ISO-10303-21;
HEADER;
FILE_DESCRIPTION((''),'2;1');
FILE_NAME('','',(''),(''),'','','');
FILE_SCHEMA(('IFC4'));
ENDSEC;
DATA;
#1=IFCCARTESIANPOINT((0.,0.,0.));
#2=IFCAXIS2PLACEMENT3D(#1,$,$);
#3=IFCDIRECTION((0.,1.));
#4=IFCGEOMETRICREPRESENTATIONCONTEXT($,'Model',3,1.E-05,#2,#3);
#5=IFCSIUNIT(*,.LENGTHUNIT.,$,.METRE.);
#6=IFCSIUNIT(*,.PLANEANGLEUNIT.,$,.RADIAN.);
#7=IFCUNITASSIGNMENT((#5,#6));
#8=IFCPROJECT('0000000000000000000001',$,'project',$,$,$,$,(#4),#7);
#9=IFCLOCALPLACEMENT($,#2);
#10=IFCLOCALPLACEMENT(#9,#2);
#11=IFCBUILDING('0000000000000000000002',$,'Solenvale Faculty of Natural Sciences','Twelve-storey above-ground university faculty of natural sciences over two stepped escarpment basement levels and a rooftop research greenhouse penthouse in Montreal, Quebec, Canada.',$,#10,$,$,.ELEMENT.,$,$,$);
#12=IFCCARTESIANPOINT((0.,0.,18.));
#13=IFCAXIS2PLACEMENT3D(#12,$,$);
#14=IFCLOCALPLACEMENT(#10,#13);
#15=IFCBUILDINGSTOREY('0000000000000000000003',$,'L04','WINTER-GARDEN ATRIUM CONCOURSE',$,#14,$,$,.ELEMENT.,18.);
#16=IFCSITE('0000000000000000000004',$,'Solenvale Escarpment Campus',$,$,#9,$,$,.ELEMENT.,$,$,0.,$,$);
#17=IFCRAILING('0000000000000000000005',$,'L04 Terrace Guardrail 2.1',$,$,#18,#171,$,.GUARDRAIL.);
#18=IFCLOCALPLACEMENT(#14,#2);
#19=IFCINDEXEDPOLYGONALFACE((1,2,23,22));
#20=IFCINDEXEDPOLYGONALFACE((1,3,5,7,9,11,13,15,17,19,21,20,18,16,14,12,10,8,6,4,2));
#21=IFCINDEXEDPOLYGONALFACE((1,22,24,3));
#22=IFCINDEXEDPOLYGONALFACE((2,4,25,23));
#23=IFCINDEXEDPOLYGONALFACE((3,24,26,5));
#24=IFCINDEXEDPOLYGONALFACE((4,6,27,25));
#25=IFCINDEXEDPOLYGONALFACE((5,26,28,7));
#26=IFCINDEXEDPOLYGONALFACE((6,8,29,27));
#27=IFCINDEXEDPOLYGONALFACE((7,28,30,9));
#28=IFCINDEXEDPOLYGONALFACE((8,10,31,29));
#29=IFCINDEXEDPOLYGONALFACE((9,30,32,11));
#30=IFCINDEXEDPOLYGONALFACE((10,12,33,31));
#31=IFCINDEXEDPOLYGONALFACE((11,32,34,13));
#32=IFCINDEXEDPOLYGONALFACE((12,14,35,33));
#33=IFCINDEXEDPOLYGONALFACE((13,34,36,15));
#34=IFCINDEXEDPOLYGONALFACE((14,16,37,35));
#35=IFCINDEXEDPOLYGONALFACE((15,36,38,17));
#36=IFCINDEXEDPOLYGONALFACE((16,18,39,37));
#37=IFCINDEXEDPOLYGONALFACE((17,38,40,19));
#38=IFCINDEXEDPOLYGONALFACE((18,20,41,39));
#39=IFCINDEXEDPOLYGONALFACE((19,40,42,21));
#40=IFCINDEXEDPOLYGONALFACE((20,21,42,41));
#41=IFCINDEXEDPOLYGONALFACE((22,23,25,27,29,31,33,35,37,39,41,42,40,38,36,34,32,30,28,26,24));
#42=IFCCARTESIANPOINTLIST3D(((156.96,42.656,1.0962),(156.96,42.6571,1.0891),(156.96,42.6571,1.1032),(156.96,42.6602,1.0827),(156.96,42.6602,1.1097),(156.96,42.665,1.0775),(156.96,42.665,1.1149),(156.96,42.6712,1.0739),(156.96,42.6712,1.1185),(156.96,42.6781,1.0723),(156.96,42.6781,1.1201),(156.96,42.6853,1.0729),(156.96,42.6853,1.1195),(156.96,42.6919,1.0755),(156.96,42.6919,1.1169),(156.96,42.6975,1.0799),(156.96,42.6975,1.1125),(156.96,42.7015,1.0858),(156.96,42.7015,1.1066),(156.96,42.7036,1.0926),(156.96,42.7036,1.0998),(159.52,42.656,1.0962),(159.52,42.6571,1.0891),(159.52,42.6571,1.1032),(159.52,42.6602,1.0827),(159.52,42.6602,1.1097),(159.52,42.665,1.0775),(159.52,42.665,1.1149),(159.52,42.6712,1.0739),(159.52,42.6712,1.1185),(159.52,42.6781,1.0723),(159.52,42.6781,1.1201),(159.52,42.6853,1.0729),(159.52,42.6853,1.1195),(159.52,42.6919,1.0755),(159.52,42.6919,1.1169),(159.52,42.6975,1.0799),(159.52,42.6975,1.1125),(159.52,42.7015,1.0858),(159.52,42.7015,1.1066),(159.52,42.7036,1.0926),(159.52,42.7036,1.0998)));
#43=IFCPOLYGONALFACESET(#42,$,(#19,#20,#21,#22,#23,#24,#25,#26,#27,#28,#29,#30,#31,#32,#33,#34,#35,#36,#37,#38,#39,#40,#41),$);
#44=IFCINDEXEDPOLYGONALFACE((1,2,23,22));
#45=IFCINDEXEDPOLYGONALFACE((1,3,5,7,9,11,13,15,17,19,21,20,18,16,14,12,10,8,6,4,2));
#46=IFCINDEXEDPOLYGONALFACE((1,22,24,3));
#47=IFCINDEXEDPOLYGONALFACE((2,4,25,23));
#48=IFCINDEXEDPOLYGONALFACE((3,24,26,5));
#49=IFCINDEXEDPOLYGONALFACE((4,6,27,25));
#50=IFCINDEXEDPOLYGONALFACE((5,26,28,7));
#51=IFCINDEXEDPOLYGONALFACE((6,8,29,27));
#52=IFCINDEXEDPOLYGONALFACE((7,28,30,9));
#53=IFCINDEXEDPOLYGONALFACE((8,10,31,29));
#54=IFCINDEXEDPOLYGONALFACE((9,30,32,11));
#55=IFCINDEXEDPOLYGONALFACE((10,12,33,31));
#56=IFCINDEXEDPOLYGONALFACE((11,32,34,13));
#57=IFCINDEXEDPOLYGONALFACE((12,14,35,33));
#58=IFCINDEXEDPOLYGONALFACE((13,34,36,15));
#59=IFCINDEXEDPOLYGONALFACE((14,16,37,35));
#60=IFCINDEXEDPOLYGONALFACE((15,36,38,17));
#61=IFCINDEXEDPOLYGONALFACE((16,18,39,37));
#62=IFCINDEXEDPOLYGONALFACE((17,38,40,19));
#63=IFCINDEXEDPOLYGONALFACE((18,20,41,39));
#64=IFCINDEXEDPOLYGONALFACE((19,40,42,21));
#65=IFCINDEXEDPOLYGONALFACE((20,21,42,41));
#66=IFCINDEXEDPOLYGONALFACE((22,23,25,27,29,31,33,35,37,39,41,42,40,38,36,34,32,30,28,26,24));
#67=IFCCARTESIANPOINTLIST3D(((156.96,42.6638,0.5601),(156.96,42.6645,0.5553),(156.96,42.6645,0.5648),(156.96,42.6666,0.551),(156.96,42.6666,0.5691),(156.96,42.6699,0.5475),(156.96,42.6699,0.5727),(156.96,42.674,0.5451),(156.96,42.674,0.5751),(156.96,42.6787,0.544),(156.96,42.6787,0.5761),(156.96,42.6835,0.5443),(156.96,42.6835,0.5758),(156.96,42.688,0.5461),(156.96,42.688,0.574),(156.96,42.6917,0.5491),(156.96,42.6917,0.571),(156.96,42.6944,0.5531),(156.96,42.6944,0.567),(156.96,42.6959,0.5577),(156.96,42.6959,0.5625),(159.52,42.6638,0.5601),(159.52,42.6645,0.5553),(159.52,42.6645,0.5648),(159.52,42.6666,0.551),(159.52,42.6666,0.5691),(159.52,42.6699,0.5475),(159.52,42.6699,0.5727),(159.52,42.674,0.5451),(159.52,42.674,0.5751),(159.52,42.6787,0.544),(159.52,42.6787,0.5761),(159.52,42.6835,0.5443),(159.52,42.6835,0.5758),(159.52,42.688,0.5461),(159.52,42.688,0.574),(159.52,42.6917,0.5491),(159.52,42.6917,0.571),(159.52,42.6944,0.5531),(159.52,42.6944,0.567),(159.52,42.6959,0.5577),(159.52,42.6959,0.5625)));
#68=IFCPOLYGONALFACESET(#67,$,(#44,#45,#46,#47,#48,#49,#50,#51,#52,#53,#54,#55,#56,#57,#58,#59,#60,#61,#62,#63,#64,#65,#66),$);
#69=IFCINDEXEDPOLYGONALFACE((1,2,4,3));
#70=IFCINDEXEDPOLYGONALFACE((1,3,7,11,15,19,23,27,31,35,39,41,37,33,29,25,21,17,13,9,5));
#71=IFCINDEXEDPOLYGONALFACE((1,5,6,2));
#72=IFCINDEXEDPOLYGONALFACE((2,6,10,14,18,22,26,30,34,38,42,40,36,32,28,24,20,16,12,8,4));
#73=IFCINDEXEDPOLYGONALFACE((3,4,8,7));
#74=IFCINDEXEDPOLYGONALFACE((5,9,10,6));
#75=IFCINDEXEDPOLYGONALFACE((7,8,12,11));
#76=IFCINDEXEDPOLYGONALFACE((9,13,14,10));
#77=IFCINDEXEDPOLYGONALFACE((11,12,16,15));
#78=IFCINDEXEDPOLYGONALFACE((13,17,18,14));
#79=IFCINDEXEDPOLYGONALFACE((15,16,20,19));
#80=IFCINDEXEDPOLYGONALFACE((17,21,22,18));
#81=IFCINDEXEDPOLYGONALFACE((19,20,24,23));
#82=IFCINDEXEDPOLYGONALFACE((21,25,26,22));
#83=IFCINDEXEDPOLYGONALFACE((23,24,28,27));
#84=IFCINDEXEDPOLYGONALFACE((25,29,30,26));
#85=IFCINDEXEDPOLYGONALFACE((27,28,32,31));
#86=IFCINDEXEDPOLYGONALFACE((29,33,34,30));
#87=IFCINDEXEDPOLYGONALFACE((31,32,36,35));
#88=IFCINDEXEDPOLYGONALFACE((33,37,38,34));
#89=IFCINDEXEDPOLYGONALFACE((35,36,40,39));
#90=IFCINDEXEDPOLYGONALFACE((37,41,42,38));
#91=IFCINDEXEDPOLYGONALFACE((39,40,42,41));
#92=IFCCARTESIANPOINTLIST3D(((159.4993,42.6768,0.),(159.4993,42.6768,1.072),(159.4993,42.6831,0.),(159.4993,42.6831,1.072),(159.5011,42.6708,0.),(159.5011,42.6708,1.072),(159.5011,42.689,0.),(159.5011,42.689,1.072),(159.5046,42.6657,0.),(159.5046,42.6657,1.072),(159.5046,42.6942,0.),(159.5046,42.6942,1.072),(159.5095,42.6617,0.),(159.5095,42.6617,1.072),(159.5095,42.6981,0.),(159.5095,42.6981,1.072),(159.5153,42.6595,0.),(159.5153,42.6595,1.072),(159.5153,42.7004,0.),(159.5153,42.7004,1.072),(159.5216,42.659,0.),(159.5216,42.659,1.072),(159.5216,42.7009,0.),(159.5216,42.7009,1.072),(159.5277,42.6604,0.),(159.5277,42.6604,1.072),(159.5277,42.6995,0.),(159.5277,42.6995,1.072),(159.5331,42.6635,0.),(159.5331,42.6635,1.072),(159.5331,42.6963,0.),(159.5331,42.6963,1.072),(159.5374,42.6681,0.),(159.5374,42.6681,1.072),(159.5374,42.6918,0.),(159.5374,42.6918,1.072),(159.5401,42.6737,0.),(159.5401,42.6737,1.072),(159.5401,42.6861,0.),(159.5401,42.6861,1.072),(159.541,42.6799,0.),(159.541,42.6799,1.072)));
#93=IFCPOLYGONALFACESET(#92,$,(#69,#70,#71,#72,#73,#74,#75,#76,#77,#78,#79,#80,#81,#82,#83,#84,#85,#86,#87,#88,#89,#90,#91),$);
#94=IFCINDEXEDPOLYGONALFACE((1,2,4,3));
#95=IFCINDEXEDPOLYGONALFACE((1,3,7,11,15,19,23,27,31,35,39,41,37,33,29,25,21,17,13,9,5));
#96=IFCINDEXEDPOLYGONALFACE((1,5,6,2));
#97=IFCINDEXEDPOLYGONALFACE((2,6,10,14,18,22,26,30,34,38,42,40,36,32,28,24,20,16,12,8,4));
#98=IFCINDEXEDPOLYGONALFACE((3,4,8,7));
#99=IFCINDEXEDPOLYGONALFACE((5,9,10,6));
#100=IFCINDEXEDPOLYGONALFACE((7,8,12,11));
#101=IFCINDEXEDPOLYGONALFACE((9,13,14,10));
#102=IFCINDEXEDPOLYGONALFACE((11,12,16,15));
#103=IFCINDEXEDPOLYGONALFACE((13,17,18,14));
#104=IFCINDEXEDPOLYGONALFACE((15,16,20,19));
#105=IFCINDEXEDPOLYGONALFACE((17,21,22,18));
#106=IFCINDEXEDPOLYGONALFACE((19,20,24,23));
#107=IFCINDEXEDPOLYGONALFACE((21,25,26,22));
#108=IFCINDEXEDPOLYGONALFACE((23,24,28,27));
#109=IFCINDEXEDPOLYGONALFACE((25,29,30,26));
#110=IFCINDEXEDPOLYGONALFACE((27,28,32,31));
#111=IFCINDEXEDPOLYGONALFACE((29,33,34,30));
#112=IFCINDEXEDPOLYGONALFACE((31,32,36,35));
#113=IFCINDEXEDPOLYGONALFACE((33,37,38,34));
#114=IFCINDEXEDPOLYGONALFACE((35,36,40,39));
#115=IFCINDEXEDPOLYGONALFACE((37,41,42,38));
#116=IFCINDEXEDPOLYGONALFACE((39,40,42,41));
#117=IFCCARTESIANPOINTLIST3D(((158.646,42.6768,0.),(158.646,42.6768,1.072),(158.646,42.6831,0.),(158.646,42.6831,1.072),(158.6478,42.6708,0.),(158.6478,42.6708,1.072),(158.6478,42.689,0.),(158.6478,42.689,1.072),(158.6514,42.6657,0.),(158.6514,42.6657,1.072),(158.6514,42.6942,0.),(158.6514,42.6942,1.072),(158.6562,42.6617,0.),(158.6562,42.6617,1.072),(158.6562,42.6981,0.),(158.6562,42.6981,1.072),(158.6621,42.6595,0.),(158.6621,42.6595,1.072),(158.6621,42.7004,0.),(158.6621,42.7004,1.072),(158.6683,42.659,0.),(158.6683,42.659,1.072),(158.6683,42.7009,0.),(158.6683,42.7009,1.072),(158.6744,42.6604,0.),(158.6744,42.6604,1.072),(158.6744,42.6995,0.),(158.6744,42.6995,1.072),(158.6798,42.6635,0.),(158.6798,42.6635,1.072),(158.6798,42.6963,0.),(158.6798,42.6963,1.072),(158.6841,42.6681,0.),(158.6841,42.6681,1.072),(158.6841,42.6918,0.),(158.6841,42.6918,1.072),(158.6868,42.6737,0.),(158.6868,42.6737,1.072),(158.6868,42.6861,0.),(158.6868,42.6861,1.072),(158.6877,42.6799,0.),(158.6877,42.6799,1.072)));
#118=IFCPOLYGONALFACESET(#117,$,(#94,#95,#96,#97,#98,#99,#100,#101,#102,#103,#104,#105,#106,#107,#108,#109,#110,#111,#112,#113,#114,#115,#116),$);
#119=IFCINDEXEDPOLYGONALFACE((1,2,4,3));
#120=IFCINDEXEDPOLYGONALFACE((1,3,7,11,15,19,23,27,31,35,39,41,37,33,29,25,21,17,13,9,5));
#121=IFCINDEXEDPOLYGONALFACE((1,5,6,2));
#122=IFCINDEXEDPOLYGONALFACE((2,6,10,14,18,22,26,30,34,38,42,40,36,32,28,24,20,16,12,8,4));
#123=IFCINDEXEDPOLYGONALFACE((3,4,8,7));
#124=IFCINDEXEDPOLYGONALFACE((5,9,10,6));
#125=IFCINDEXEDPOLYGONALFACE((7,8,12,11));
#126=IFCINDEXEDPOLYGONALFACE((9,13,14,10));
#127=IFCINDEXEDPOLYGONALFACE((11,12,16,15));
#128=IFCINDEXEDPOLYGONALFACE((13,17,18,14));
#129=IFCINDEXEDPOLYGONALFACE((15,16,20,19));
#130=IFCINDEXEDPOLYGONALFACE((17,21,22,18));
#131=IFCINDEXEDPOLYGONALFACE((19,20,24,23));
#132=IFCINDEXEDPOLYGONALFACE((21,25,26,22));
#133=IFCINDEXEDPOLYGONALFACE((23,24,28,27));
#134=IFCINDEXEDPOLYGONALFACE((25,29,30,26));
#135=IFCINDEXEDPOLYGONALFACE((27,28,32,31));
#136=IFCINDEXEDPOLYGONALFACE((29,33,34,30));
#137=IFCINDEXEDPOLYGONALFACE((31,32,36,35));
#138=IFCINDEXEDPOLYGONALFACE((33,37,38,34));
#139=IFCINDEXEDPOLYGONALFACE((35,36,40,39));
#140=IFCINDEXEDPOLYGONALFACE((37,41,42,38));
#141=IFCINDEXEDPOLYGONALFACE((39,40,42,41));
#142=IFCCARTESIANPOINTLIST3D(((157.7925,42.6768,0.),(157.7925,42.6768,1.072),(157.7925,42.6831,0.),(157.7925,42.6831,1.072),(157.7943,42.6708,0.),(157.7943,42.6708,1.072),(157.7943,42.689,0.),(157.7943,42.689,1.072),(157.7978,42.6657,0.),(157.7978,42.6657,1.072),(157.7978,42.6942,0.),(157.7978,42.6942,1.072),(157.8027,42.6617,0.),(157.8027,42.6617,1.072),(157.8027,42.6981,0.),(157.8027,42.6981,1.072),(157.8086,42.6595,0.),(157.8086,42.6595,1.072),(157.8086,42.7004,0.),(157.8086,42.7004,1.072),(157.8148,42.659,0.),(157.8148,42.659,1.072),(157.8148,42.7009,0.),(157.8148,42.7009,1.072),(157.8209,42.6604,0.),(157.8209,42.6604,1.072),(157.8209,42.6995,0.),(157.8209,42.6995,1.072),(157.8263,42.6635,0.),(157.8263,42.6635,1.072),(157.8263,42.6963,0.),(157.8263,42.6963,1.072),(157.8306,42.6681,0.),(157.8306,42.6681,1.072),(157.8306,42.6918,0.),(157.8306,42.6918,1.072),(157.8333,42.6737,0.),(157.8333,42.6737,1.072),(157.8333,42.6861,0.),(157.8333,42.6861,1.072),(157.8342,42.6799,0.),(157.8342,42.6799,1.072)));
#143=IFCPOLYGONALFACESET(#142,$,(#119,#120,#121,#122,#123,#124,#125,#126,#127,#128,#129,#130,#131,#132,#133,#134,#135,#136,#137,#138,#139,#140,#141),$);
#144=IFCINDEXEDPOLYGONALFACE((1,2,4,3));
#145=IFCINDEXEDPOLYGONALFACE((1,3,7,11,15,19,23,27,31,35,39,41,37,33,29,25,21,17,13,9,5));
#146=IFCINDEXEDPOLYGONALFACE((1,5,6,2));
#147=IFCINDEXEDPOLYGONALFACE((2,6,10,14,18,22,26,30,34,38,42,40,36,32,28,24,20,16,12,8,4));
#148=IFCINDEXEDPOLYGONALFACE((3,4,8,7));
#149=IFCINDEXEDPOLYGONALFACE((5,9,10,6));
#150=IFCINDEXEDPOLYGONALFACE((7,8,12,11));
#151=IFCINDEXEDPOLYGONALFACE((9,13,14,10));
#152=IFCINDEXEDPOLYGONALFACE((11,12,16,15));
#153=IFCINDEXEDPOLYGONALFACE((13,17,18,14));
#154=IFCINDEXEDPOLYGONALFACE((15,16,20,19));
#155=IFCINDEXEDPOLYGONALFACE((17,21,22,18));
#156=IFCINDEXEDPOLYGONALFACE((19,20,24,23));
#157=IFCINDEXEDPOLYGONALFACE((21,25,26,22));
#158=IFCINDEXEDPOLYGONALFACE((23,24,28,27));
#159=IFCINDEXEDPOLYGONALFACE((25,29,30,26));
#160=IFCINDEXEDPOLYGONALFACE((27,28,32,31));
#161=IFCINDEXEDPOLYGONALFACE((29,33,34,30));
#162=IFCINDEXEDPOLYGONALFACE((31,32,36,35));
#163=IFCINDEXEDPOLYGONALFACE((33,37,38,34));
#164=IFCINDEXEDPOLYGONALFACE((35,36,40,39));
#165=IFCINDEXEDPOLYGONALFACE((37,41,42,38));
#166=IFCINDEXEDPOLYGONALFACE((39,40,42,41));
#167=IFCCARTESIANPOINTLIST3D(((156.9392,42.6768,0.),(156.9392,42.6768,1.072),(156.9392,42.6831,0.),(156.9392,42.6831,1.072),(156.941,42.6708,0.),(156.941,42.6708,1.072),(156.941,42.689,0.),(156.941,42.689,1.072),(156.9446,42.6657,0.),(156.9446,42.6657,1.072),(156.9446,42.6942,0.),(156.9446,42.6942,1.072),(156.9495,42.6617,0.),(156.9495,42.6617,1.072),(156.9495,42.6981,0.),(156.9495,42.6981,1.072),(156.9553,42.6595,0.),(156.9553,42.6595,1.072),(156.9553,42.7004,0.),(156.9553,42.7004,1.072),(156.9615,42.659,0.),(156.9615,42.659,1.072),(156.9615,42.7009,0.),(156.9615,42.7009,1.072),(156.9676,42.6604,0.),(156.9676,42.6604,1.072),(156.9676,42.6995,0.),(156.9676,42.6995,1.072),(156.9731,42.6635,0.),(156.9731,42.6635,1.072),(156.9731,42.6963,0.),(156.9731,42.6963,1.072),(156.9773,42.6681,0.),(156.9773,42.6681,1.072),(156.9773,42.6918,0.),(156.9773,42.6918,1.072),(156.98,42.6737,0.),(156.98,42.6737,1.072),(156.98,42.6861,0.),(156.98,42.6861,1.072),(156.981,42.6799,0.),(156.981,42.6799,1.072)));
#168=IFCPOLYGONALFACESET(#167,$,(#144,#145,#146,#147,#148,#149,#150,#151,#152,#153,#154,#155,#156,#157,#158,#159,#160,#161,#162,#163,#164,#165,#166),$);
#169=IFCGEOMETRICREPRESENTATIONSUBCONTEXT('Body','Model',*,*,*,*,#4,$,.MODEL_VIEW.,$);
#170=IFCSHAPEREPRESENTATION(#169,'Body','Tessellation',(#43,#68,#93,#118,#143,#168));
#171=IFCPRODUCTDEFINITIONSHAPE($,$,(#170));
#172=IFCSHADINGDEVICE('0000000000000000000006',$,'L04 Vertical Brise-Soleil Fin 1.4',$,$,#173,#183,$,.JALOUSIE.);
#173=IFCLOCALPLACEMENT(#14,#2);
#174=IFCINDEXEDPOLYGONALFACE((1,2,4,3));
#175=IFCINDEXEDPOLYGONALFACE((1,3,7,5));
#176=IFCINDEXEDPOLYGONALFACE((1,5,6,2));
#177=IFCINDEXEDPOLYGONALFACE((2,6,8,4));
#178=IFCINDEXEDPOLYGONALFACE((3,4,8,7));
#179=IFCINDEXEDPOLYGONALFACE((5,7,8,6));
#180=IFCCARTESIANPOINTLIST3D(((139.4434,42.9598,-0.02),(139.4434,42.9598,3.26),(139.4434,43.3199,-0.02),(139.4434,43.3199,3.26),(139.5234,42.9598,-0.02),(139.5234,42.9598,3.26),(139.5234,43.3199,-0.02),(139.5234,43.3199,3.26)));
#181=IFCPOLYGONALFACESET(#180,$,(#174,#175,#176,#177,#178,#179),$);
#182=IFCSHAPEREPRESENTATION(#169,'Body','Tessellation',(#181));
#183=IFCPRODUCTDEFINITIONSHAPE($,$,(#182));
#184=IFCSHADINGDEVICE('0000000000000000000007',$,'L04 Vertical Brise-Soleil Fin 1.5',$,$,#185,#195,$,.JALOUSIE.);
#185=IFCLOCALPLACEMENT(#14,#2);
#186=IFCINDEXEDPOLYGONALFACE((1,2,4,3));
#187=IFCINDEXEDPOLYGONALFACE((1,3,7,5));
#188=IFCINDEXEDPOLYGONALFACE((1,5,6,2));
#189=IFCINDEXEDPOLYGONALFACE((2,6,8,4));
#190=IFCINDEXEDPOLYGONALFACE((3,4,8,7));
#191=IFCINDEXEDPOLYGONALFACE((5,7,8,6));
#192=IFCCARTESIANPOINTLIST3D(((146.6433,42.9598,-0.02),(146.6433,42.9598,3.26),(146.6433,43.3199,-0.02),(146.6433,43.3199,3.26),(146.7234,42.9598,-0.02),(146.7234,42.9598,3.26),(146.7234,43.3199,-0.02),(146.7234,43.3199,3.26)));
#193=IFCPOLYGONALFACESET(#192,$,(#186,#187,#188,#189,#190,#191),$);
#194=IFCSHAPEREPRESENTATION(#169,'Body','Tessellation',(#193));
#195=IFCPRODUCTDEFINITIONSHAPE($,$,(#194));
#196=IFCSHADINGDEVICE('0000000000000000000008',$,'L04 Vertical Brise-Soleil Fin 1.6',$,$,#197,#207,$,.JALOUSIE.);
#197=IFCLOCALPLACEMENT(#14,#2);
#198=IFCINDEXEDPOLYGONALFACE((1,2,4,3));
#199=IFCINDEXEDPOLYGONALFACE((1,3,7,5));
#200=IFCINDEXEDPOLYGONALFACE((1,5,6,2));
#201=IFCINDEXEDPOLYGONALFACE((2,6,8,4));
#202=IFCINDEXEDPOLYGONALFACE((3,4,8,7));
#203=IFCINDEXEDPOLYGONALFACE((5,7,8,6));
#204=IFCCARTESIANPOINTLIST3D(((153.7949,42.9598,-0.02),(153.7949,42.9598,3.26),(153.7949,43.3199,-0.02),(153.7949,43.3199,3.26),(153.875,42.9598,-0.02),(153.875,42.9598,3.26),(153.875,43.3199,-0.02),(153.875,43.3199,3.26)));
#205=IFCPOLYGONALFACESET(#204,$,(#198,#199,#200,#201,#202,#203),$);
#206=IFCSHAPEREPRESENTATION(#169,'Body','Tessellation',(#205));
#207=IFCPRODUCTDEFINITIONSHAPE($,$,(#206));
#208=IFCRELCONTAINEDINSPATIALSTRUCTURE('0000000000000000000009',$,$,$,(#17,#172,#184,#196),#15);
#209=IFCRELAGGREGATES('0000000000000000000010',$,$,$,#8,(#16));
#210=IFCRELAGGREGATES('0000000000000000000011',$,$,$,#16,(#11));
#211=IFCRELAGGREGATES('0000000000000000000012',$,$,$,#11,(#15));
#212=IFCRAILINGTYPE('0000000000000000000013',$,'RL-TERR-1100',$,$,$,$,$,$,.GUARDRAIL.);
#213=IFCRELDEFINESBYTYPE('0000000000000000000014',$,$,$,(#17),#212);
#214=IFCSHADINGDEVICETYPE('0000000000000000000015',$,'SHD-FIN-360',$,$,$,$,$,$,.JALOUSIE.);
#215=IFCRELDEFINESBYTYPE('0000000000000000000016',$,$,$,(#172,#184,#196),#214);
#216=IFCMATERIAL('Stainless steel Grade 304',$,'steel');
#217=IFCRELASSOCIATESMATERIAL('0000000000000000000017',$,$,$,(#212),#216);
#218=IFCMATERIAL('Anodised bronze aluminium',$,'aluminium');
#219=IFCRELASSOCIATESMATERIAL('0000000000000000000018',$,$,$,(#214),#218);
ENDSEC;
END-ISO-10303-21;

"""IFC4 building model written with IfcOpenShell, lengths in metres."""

from ifc_helpers import new_model, si_unit, direction, frame, origin, origin_2d, place, context, subcontext, project, spatial, rectangle, circle, extrude, material, material_profile, profile_set, type_object, element, save


model = new_model("IFC4")

# Units and contexts
model_context = context("Model", 3, precision=1e-05, world=origin(), true_north=direction((0.0, 1.0)))
body_context = subcontext(model_context, "Body", "Model", "MODEL_VIEW")
ifc_project = project(units=[si_unit("LENGTHUNIT", "METRE"), si_unit("PLANEANGLEUNIT", "RADIAN")], contexts=[model_context])

# Site, building, storey
site_placement = place(None, origin())
site = spatial("IfcSite", under=ifc_project, at=site_placement, Name="Solenvale Escarpment Campus", CompositionType="ELEMENT", RefElevation=0.0)
building_placement = place(site_placement, origin())
building = spatial("IfcBuilding", under=site, at=building_placement, Name="Solenvale Faculty of Natural Sciences", Description="Twelve-storey above-ground university faculty of natural sciences over two stepped escarpment basement levels and a rooftop research greenhouse penthouse in Montreal, Quebec, Canada.", CompositionType="ELEMENT")
storey_placement = place(building_placement, frame((0.0, 0.0, 18.0)))
storey = spatial("IfcBuildingStorey", under=building, at=storey_placement, Name="L04", Description="WINTER-GARDEN ATRIUM CONCOURSE", CompositionType="ELEMENT", Elevation=18.0)

# Shared definitions
ifc_material_1 = material(Name="Anodised bronze aluminium", Category="aluminium")

# Railing
ifc_material_2 = material(Name="Stainless steel Grade 304", Category="steel")
railing_type = type_object("IfcRailingType", Name="RL-TERR-1100", PredefinedType="GUARDRAIL", material=ifc_material_2)
railing_placement = place(storey_placement, frame((159.52, 42.6799, 0.0)))
element("IfcRailing", 1, at=railing_placement, inside=storey, type_object=railing_type, Name="L04 Terrace Guardrail 2.1", PredefinedType="GUARDRAIL", context=body_context, shape_type="SweptSolid", body=[
    extrude(circle(Radius=0.0239, at=origin_2d()), frame((0.0, 0.0, 1.0962), z_axis=(-1.0, 0.0, 0.0), x_axis=(0.0, -1.0, 0.0)), (0.0, 0.0, 1.0), 2.5601),
    extrude(circle(Radius=0.0161, at=origin_2d()), frame((0.0, 0.0, 0.5601), z_axis=(-1.0, 0.0, 0.0), x_axis=(0.0, -1.0, 0.0)), (0.0, 0.0, 1.0), 2.5601),
    extrude(circle(Radius=0.021, at=origin_2d()), origin(), (0.0, 0.0, 1.0), 1.072),
    extrude(circle(Radius=0.021, at=origin_2d()), frame((-0.8533, 0.0, 0.0)), (0.0, 0.0, 1.0), 1.072),
    extrude(circle(Radius=0.021, at=origin_2d()), frame((-1.7068, 0.0, 0.0)), (0.0, 0.0, 1.0), 1.072),
    extrude(circle(Radius=0.021, at=origin_2d()), frame((-2.5601, 0.0, 0.0)), (0.0, 0.0, 1.0), 1.072),
])

# Shading devices
ifc_material_profile_1 = material_profile(ifc_material_1, rectangle(XDim=0.0801, YDim=0.3601, at=origin_2d()), Name="ALU-FIN-80x360")
ifc_profile_set_1 = profile_set([ifc_material_profile_1], Name="Anodised bronze aluminium")
shading_device_type = type_object("IfcShadingDeviceType", Name="SHD-FIN-360", PredefinedType="JALOUSIE", material=ifc_profile_set_1)
for number, where, z_axis, x_axis, name in (
    (2, (139.4834, 43.1399, -0.02), (0.0, 0.0, 1.0), (1.0, 0.0, 0.0), "L04 Vertical Brise-Soleil Fin 1.4"),
    (3, (146.6833, 43.1399, -0.02), (0.0, 0.0, 1.0), (1.0, 0.0, 0.0), "L04 Vertical Brise-Soleil Fin 1.5"),
    (4, (153.835, 43.1399, -0.02), (0.0, 0.0, 1.0), (1.0, 0.0, 0.0), "L04 Vertical Brise-Soleil Fin 1.6"),
):
    element("IfcShadingDevice", number, at=place(storey_placement, frame(where, z_axis=z_axis, x_axis=x_axis)), inside=storey, type_object=shading_device_type, Name=name, PredefinedType="JALOUSIE", context=body_context, shape_type="SweptSolid", body=[
        extrude(rectangle(XDim=0.0801, YDim=0.3601, at=origin_2d()), origin(), (0.0, 0.0, 1.0), 3.28),
    ])

save(model, "model.ifc")
